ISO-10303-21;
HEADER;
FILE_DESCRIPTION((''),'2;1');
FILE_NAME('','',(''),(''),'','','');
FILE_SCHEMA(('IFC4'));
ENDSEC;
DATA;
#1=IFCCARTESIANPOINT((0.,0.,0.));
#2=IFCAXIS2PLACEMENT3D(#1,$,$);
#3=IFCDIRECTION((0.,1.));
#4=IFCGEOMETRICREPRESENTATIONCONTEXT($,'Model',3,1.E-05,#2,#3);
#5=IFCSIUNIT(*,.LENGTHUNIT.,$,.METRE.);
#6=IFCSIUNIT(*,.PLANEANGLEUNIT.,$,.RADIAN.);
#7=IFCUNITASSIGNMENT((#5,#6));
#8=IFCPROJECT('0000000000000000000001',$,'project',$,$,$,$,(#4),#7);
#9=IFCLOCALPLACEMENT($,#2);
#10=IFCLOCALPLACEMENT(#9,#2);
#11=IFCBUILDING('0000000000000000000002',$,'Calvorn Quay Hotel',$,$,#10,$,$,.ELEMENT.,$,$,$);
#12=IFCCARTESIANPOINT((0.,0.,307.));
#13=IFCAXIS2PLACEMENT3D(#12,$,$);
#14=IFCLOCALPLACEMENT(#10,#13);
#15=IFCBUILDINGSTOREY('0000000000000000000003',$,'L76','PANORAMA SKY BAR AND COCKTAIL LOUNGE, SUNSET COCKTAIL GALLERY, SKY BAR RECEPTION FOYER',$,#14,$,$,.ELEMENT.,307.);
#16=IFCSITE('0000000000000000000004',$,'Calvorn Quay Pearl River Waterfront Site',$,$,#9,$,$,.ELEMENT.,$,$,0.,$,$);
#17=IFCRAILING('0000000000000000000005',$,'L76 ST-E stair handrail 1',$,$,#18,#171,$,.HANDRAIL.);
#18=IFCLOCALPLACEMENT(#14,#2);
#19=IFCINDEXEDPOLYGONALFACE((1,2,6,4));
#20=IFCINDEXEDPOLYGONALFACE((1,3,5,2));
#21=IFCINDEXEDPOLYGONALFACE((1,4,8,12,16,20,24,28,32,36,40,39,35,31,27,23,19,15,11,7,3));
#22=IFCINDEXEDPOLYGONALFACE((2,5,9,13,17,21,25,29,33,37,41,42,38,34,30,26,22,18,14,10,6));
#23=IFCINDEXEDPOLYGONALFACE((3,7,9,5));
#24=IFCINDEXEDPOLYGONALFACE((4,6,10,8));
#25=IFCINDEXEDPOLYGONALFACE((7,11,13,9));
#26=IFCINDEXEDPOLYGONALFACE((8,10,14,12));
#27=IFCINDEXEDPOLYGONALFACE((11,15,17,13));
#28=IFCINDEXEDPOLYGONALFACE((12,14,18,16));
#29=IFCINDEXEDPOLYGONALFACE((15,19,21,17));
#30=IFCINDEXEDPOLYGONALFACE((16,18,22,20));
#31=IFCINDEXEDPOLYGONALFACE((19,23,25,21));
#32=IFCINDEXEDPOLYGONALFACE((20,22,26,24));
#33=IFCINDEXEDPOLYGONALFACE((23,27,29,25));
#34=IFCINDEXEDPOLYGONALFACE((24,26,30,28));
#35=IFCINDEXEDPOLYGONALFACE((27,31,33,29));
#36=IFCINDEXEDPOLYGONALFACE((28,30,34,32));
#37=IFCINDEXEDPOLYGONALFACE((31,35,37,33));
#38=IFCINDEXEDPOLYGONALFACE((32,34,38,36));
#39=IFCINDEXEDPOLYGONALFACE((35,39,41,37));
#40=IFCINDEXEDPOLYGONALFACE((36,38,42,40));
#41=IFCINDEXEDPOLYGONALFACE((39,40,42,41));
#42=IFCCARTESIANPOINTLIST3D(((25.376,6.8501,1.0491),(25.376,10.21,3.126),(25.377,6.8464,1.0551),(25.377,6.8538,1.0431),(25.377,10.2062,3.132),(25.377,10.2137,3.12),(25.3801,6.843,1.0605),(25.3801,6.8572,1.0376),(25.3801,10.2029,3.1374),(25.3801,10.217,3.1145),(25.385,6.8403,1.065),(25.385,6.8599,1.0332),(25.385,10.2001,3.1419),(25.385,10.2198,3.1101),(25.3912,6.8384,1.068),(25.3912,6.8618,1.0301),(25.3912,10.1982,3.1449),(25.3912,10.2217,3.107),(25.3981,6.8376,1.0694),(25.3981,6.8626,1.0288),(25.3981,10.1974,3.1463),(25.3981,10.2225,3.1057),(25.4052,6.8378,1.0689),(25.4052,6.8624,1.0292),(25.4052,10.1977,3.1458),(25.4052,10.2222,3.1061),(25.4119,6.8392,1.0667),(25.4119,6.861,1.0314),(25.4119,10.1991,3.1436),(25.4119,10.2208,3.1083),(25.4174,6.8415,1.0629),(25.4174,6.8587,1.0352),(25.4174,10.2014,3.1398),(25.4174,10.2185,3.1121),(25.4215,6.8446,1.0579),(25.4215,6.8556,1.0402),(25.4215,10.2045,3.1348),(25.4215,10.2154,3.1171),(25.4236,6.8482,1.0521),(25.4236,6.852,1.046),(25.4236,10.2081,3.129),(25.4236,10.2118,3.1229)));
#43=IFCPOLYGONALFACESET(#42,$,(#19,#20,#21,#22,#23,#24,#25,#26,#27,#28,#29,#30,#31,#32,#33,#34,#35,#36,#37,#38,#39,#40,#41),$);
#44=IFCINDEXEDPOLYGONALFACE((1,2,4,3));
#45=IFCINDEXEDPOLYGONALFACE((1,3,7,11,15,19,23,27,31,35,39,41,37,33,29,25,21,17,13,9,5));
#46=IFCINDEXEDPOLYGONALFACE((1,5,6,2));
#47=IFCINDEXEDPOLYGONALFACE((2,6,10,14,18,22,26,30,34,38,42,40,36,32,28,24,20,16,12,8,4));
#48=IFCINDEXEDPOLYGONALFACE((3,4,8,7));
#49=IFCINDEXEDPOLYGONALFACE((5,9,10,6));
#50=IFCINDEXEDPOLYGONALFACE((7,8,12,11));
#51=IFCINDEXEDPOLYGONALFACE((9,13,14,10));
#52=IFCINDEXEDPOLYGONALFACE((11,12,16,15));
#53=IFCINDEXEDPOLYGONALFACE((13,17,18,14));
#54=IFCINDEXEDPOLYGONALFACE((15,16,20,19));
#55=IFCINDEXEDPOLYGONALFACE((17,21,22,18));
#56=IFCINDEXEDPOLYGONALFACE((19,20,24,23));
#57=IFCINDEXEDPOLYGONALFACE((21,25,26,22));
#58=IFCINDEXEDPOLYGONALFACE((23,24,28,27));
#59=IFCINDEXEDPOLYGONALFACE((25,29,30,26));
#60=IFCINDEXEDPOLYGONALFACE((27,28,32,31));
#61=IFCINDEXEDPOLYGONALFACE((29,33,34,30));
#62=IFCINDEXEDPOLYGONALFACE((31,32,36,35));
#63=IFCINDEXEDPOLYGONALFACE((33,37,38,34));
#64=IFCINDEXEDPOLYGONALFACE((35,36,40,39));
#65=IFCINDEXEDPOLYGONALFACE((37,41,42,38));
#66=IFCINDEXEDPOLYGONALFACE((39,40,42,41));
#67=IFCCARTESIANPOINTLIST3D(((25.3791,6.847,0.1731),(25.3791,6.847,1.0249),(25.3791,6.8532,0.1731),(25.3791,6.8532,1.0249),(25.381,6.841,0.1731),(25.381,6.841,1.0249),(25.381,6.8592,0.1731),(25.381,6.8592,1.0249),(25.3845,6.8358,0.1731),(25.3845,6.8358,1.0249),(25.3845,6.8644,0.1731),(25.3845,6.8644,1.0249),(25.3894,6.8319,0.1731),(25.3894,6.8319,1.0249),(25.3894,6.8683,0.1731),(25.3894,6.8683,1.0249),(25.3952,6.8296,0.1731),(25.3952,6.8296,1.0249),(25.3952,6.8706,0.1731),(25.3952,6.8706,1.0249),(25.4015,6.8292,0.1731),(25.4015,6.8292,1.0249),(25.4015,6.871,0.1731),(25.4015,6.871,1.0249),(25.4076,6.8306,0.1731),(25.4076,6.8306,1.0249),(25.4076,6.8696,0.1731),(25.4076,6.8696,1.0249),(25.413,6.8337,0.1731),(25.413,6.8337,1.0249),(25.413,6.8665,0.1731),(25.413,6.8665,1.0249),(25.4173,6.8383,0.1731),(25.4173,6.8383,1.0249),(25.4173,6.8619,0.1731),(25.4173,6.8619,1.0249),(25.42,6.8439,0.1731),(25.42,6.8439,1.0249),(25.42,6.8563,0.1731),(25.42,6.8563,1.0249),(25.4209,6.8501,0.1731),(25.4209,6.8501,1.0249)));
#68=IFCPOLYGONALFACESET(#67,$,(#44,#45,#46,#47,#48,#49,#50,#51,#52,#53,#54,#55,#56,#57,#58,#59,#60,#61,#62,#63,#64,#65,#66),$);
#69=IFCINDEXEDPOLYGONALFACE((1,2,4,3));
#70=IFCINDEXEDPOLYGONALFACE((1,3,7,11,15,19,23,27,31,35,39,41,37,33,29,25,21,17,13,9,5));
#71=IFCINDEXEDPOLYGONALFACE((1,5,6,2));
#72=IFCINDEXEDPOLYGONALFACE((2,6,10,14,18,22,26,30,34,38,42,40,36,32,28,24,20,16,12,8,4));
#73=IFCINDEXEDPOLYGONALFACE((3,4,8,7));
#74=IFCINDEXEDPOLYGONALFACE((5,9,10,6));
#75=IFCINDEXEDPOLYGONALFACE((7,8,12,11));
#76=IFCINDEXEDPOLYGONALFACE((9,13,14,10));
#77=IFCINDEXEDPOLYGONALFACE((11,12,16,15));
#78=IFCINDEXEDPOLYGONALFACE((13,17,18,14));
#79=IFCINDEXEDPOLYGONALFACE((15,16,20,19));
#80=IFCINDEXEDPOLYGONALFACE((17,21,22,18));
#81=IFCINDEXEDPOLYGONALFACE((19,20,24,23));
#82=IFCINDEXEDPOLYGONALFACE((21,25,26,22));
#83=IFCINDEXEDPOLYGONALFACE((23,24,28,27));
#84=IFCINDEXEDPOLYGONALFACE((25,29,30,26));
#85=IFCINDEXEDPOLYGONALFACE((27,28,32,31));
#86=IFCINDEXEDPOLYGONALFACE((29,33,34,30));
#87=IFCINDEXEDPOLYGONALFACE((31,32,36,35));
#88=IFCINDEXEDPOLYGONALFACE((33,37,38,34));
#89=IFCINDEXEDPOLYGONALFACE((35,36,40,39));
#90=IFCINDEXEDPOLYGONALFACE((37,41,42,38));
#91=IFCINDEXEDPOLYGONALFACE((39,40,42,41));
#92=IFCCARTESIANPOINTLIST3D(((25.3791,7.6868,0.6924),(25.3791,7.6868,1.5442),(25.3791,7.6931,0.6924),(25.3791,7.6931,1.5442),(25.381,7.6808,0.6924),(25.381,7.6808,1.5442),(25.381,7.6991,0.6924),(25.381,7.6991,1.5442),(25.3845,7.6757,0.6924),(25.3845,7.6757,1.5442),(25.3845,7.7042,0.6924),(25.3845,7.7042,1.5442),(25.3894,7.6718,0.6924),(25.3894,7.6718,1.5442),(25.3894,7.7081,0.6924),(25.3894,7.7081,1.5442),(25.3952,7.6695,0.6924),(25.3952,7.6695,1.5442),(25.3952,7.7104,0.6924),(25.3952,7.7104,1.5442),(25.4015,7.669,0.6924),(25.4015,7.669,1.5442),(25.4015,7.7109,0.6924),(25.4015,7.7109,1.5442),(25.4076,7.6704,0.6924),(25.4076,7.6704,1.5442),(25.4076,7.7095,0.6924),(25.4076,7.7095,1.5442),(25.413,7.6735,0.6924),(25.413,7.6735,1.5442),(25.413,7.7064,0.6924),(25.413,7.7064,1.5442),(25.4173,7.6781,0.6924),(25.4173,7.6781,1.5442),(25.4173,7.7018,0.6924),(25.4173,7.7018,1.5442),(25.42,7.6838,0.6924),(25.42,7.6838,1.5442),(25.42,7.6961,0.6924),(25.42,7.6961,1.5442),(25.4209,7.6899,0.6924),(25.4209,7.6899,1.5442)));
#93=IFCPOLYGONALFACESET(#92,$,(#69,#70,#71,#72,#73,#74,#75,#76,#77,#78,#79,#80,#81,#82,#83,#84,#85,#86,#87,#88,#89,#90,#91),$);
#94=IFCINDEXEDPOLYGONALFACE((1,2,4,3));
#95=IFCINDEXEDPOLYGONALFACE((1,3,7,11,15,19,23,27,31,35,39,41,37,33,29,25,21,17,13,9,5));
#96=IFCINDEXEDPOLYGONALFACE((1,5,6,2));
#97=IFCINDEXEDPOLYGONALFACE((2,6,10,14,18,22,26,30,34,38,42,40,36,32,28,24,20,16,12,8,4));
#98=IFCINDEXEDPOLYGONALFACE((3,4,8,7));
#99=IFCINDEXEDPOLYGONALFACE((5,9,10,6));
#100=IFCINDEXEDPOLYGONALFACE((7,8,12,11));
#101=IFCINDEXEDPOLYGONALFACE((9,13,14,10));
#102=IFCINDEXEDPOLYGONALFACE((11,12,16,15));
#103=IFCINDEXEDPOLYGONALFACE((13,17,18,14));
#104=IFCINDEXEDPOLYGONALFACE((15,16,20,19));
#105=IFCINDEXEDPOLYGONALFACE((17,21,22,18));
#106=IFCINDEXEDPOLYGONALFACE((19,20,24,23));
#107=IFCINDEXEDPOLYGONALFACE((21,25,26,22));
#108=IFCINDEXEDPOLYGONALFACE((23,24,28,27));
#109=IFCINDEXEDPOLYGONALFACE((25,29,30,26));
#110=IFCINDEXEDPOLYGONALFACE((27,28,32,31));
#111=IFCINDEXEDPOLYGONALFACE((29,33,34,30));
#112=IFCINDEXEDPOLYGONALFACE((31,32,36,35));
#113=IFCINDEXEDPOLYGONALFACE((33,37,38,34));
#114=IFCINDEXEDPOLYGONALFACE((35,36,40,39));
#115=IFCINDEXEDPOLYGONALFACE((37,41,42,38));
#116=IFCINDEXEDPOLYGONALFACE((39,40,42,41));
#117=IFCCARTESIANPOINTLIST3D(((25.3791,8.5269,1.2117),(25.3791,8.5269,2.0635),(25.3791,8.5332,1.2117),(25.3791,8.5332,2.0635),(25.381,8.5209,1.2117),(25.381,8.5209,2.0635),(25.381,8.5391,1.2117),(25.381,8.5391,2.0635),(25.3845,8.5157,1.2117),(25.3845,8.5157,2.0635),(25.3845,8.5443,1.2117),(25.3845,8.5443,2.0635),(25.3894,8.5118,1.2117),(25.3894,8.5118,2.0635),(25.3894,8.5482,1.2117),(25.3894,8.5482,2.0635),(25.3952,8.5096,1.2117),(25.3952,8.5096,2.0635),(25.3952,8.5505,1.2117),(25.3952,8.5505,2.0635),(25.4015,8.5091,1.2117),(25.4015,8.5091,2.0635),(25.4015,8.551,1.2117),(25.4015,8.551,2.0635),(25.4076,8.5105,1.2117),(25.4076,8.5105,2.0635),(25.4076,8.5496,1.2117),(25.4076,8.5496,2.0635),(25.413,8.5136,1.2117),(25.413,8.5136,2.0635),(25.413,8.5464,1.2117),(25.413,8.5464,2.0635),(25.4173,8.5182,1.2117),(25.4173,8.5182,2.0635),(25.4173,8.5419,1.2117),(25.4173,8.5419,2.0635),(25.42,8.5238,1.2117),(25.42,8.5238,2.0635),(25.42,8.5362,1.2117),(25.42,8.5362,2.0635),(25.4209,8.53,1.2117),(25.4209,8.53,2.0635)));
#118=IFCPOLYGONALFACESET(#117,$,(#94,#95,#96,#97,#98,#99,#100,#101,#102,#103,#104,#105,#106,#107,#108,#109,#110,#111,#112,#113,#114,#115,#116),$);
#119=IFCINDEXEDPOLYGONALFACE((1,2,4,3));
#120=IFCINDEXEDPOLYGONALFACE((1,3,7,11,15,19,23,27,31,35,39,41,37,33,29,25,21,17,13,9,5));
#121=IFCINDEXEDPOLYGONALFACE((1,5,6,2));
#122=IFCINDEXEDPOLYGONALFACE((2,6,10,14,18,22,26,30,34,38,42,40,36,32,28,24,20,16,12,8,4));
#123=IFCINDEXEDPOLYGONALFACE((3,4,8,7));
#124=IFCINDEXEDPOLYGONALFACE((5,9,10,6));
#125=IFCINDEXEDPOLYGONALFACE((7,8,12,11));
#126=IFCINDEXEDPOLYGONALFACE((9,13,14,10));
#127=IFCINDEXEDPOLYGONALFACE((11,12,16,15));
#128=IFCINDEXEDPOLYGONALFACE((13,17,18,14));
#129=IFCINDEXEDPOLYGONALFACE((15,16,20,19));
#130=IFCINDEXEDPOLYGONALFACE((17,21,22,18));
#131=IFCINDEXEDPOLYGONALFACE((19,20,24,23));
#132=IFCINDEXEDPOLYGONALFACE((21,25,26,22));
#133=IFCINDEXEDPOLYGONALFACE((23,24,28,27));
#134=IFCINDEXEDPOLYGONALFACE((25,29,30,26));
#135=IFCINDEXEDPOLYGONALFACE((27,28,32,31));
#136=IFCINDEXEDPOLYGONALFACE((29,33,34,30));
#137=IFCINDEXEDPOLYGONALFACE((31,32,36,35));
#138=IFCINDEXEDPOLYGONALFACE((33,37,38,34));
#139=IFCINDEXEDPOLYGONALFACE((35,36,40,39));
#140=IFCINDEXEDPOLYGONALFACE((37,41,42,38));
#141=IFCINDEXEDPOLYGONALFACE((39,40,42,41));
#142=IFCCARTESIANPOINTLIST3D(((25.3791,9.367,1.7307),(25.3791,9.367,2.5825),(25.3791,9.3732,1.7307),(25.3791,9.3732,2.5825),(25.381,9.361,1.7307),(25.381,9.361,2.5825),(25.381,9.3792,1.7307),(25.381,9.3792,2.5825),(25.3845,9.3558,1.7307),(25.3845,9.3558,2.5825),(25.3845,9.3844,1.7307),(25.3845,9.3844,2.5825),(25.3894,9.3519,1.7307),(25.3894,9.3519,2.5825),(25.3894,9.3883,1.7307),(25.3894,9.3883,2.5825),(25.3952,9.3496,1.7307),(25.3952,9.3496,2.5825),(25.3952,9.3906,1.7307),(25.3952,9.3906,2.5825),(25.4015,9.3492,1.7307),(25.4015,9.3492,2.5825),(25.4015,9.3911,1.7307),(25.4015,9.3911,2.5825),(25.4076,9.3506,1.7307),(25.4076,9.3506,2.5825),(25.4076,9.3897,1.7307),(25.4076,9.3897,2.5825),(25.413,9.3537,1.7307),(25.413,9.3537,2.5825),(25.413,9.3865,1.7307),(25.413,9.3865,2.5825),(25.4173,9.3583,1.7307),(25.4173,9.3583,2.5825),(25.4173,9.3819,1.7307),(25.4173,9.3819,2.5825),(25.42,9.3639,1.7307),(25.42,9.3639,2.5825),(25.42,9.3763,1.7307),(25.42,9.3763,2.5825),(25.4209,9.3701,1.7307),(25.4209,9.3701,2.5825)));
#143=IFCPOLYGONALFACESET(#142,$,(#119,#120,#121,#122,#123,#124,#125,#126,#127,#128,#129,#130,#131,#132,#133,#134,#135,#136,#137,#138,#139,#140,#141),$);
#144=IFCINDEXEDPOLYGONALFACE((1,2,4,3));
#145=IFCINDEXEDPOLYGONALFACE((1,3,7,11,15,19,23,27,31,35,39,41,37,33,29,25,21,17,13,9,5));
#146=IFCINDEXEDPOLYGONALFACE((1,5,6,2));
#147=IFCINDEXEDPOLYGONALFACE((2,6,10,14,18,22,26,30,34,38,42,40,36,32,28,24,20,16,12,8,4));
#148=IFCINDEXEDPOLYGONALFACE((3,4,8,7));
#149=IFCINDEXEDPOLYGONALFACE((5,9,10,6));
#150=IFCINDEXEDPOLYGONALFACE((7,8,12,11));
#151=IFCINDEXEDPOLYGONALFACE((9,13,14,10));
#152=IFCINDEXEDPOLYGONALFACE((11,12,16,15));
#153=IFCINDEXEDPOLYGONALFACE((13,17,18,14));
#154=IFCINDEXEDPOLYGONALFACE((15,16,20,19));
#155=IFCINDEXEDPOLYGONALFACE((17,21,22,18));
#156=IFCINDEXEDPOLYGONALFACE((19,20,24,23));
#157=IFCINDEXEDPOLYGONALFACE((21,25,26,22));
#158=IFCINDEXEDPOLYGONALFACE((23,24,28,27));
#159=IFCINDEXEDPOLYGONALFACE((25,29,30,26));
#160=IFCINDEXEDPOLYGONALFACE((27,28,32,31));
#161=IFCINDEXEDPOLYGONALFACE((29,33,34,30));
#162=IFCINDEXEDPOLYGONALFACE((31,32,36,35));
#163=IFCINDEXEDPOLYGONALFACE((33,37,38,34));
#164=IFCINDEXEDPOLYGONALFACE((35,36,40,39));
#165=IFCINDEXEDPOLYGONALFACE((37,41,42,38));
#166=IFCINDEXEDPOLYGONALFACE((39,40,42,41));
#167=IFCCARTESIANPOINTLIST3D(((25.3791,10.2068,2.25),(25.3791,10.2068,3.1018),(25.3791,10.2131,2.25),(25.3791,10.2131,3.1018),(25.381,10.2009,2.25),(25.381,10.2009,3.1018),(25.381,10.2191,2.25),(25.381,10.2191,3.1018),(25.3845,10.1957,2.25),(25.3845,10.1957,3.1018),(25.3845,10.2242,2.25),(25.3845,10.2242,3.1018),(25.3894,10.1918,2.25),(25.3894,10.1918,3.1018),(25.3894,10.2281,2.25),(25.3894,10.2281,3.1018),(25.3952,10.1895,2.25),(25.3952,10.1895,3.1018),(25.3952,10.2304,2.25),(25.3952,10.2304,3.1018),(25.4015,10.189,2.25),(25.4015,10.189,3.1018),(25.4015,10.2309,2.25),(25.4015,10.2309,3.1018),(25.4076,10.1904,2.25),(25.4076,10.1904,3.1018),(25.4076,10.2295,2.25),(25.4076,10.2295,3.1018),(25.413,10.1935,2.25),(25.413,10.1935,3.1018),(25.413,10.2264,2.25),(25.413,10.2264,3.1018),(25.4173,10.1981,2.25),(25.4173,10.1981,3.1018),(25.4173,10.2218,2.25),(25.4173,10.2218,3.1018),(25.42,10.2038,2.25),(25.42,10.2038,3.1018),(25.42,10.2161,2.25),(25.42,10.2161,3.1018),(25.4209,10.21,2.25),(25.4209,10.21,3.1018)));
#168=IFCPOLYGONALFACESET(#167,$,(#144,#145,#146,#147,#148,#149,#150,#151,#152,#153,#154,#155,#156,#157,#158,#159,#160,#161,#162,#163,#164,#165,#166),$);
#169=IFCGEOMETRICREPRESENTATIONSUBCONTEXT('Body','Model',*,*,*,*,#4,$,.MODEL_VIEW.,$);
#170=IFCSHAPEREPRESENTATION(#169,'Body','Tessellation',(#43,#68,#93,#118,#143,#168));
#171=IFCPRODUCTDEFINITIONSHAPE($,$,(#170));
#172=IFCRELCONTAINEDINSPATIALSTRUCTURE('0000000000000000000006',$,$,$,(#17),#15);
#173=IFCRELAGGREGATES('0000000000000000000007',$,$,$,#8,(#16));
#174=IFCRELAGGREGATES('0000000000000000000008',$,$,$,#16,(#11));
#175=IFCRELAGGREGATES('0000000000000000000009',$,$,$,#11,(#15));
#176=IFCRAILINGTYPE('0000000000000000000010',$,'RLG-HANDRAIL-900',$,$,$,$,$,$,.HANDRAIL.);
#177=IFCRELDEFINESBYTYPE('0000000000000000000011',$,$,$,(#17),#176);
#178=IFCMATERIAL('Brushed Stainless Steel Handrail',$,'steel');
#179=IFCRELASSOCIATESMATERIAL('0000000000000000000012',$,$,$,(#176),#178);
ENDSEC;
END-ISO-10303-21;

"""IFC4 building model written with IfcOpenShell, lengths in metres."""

from ifc_helpers import new_model, si_unit, direction, frame, origin, origin_2d, place, context, subcontext, project, spatial, circle, extrude, material, type_object, element, save


model = new_model("IFC4")

# Units and contexts
model_context = context("Model", 3, precision=1e-05, world=origin(), true_north=direction((0.0, 1.0)))
body_context = subcontext(model_context, "Body", "Model", "MODEL_VIEW")
ifc_project = project(units=[si_unit("LENGTHUNIT", "METRE"), si_unit("PLANEANGLEUNIT", "RADIAN")], contexts=[model_context])

# Site, building, storey
site_placement = place(None, origin())
site = spatial("IfcSite", under=ifc_project, at=site_placement, Name="Calvorn Quay Pearl River Waterfront Site", CompositionType="ELEMENT", RefElevation=0.0)
building_placement = place(site_placement, origin())
building = spatial("IfcBuilding", under=site, at=building_placement, Name="Calvorn Quay Hotel", CompositionType="ELEMENT")
storey_placement = place(building_placement, frame((0.0, 0.0, 307.0)))
storey = spatial("IfcBuildingStorey", under=building, at=storey_placement, Name="L76", Description="PANORAMA SKY BAR AND COCKTAIL LOUNGE, SUNSET COCKTAIL GALLERY, SKY BAR RECEPTION FOYER", CompositionType="ELEMENT", Elevation=307.0)

# Railing
ifc_material_1 = material(Name="Brushed Stainless Steel Handrail", Category="steel")
railing_type_1 = type_object("IfcRailingType", Name="RLG-HANDRAIL-900", PredefinedType="HANDRAIL", material=ifc_material_1)
railing_1_placement = place(storey_placement, frame((25.3999, 6.8501, 0.1731)))
element("IfcRailing", 1, at=railing_1_placement, inside=storey, type_object=railing_type_1, Name="L76 ST-E stair handrail 1", PredefinedType="HANDRAIL", context=body_context, shape_type="SweptSolid", body=[
    extrude(circle(Radius=0.0239, at=origin_2d()), frame((0.0, 0.0, 0.876), z_axis=(0.0, 0.850606, 0.525803), x_axis=(-1.0, 0.0, 0.0)), (0.0, 0.0, 1.0), 3.95),
    extrude(circle(Radius=0.021, at=origin_2d()), origin(), (0.0, 0.0, 1.0), 0.8518),
    extrude(circle(Radius=0.021, at=origin_2d()), frame((0.0, 0.8398, 0.5193)), (0.0, 0.0, 1.0), 0.8518),
    extrude(circle(Radius=0.021, at=origin_2d()), frame((0.0, 1.6799, 1.0386)), (0.0, 0.0, 1.0), 0.8518),
    extrude(circle(Radius=0.021, at=origin_2d()), frame((0.0, 2.52, 1.5576)), (0.0, 0.0, 1.0), 0.8518),
    extrude(circle(Radius=0.021, at=origin_2d()), frame((0.0, 3.3599, 2.0769)), (0.0, 0.0, 1.0), 0.8518),
])

save(model, "model.ifc")
